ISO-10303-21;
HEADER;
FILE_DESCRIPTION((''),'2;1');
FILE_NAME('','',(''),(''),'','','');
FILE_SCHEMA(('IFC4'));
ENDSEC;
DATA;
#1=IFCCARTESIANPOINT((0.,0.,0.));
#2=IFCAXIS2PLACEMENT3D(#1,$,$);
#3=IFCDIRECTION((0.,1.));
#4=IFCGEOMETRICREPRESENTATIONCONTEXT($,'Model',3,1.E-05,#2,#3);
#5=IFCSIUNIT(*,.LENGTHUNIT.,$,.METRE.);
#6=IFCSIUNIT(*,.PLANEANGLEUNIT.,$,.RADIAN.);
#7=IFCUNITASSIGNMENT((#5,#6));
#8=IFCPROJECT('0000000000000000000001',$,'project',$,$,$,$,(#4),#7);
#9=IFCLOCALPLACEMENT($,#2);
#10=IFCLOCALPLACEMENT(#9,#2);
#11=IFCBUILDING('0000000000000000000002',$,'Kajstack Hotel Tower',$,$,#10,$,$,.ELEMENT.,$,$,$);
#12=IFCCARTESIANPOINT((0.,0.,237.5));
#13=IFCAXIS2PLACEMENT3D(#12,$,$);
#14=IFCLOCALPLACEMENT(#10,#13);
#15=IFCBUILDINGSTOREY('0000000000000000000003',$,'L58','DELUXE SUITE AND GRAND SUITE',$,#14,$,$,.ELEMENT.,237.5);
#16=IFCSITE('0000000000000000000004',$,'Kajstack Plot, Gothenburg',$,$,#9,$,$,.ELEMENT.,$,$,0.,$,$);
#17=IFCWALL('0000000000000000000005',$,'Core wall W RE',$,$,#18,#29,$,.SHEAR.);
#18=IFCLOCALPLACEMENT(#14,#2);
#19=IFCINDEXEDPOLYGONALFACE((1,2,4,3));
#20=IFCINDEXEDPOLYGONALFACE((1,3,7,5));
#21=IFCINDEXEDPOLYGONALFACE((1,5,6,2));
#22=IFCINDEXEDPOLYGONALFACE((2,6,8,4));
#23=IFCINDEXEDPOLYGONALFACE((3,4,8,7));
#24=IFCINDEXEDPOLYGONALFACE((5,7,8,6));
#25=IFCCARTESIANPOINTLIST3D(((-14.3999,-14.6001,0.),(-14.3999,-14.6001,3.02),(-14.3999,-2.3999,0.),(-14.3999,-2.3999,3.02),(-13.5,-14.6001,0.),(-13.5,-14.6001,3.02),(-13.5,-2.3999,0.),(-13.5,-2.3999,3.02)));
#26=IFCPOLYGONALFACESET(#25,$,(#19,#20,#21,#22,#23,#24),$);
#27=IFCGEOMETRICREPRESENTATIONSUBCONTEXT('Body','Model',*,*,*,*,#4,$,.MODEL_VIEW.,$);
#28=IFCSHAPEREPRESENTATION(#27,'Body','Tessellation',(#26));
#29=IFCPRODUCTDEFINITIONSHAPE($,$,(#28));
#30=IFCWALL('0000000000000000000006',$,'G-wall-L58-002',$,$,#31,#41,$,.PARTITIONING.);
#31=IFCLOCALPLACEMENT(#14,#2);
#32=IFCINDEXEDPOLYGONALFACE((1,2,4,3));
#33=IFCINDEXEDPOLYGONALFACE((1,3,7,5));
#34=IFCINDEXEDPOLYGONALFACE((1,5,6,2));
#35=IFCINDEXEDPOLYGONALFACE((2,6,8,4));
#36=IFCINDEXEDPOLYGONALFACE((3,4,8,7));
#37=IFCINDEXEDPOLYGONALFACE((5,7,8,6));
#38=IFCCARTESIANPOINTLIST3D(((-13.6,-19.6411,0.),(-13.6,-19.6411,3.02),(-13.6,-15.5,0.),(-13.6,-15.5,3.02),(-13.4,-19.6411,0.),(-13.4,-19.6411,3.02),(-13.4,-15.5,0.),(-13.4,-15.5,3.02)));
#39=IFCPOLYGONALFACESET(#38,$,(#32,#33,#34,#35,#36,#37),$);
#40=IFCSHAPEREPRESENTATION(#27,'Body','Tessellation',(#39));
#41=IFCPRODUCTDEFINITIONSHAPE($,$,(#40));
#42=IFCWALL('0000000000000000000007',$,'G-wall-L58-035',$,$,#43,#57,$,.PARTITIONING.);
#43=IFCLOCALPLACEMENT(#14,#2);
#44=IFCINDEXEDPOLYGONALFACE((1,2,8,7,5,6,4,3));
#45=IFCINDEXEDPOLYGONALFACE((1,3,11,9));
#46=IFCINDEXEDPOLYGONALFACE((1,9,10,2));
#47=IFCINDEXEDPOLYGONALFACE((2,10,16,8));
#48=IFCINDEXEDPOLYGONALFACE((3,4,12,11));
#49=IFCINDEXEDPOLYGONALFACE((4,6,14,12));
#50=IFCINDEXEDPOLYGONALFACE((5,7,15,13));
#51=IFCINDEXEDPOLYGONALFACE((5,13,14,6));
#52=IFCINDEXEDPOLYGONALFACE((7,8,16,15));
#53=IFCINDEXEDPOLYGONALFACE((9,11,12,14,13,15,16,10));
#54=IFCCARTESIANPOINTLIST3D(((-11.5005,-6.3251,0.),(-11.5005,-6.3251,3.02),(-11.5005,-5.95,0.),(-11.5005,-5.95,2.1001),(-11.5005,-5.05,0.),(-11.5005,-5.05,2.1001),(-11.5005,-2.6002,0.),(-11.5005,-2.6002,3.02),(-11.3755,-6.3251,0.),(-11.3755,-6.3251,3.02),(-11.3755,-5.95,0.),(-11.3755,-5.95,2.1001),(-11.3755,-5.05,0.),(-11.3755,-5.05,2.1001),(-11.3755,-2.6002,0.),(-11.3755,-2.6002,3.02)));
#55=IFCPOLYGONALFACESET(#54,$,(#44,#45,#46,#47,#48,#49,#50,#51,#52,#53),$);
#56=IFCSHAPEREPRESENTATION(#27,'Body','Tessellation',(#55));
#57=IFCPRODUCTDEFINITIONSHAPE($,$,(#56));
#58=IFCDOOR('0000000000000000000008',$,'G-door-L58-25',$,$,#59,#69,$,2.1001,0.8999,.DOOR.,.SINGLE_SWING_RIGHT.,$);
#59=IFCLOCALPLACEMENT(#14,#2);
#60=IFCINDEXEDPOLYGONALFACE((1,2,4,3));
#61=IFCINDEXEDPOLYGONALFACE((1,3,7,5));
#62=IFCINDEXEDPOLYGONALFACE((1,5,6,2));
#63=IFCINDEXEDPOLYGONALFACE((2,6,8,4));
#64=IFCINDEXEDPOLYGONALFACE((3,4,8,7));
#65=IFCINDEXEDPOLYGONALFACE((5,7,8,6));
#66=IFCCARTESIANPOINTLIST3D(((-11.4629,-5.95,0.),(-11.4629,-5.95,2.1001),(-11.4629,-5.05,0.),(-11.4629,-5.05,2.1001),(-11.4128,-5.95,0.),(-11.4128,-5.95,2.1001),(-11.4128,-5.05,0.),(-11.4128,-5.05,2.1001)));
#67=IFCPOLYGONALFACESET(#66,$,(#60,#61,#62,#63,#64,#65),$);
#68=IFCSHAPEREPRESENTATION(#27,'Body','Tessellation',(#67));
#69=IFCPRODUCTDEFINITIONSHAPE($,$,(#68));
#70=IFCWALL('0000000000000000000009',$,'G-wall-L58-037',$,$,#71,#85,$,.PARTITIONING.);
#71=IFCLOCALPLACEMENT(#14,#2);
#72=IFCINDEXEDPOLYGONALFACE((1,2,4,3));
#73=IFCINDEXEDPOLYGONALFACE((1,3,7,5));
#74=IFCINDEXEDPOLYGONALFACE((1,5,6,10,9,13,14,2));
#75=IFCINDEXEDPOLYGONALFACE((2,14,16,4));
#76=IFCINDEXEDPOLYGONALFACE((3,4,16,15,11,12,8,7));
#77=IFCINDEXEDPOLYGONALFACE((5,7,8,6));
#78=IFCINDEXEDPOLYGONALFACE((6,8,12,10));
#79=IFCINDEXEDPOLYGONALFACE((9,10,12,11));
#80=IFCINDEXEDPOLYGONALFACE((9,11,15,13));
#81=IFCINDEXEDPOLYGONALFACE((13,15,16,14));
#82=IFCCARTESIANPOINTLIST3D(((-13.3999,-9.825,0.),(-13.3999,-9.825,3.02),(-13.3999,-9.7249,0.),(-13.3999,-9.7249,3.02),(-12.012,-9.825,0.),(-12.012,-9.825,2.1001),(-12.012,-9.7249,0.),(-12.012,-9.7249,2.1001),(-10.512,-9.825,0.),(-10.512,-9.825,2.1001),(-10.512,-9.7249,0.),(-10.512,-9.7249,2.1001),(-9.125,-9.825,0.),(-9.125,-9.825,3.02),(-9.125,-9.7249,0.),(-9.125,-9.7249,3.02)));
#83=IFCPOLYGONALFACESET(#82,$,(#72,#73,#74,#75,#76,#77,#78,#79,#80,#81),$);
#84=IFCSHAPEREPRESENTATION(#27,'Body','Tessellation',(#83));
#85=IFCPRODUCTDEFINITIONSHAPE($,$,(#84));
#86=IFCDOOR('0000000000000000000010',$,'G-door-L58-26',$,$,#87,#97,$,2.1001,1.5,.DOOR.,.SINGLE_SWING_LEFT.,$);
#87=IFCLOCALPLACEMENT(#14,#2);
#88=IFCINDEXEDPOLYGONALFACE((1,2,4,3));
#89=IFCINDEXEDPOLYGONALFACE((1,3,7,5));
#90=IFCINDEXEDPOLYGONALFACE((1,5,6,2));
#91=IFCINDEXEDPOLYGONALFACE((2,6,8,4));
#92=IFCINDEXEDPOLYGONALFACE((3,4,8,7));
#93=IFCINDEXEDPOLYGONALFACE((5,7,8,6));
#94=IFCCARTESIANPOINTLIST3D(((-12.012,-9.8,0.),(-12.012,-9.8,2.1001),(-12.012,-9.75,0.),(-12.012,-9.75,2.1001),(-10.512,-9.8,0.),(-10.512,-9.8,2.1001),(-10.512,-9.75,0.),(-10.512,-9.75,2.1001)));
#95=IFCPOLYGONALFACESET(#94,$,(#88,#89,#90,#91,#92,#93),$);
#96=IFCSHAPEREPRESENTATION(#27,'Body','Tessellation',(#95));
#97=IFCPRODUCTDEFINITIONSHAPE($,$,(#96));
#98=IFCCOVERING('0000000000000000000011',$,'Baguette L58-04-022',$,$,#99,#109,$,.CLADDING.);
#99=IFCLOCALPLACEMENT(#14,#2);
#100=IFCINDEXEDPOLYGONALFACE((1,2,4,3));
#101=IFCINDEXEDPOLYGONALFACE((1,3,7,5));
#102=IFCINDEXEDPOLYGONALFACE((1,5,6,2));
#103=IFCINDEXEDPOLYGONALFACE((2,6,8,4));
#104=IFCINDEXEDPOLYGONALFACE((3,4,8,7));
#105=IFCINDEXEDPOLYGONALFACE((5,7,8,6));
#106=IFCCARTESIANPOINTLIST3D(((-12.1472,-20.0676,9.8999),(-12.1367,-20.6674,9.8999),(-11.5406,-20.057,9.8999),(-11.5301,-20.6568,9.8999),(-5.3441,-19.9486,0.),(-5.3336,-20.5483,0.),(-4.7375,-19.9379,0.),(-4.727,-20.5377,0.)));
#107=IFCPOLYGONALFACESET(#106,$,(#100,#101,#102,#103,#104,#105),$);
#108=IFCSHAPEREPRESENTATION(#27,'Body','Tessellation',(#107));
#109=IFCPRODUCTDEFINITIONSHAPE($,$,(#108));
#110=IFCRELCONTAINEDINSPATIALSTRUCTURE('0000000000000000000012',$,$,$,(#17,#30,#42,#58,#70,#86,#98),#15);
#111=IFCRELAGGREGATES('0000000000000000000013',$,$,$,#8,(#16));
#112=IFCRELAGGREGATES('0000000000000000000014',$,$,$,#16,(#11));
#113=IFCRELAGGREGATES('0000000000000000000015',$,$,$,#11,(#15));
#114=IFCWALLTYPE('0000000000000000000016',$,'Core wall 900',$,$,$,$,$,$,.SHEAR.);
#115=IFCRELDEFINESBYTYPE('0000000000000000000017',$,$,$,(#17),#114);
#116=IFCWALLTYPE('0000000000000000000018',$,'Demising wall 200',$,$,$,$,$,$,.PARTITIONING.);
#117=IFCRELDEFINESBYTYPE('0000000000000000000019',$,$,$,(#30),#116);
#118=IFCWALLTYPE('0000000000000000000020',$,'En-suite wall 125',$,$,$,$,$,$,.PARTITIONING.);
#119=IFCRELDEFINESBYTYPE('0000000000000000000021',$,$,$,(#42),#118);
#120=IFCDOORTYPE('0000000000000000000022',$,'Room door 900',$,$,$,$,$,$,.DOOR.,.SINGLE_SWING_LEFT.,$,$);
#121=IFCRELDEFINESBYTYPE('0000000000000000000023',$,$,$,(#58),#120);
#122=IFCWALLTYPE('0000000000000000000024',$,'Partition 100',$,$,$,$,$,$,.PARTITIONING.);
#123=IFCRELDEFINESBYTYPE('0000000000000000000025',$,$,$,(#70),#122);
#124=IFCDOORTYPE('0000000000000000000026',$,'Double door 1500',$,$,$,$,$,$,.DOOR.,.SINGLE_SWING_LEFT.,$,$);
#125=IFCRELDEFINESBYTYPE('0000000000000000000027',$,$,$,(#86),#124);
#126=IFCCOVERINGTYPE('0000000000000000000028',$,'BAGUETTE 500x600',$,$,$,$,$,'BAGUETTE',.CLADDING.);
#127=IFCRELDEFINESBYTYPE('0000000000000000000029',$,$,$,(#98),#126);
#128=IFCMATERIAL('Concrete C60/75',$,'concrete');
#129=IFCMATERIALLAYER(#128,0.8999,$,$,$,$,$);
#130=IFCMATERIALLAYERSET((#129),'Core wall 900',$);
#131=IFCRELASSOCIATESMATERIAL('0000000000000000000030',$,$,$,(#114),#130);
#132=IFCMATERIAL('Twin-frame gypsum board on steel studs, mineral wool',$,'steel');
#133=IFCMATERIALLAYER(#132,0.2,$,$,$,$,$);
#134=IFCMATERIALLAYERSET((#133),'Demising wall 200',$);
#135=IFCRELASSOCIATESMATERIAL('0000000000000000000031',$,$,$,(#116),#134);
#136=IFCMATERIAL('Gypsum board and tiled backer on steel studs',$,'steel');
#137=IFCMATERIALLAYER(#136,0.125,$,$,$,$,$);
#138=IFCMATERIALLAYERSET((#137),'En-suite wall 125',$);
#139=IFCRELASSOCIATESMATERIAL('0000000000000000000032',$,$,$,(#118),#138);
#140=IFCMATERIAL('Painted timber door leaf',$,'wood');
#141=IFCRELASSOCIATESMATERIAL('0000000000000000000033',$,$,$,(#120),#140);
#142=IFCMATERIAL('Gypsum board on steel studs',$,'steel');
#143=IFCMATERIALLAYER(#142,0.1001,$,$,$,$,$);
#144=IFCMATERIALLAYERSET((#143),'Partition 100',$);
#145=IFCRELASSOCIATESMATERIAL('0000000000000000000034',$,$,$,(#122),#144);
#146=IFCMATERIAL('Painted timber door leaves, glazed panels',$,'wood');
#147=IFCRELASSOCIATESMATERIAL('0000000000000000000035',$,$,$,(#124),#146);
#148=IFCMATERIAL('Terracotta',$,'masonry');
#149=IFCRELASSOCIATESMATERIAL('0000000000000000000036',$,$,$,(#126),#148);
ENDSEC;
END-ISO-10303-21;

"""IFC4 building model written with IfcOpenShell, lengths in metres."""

from ifc_helpers import new_model, si_unit, direction, frame, frame_2d, origin, origin_2d, place, context, subcontext, project, spatial, polyline, rectangle, outline, extrude, material, layer, layer_set, material_profile, profile_set, type_object, element, fill, save


model = new_model("IFC4")

# Units and contexts
model_context = context("Model", 3, precision=1e-05, world=origin(), true_north=direction((0.0, 1.0)))
body_context = subcontext(model_context, "Body", "Model", "MODEL_VIEW")
ifc_project = project(units=[si_unit("LENGTHUNIT", "METRE"), si_unit("PLANEANGLEUNIT", "RADIAN")], contexts=[model_context])

# Site, building, storey
site_placement = place(None, origin())
site = spatial("IfcSite", under=ifc_project, at=site_placement, Name="Kajstack Plot, Gothenburg", CompositionType="ELEMENT", RefElevation=0.0)
building_placement = place(site_placement, origin())
building = spatial("IfcBuilding", under=site, at=building_placement, Name="Kajstack Hotel Tower", CompositionType="ELEMENT")
storey_placement = place(building_placement, frame((0.0, 0.0, 237.5)))
storey = spatial("IfcBuildingStorey", under=building, at=storey_placement, Name="L58", Description="DELUXE SUITE AND GRAND SUITE", CompositionType="ELEMENT", Elevation=237.5)

# Walls
ifc_material_1 = material(Name="Concrete C60/75", Category="concrete")
ifc_layer_1 = layer(ifc_material_1, 0.8999)
ifc_layer_set_1 = layer_set([ifc_layer_1], Name="Core wall 900")
wall_type_1 = type_object("IfcWallType", Name="Core wall 900", PredefinedType="SHEAR", material=ifc_layer_set_1)
wall_1_placement = place(storey_placement, frame((-13.95, -14.6001, 0.0), z_axis=(0.0, 0.0, 1.0), x_axis=(0.0, 1.0, 0.0)))
element("IfcWall", 1, at=wall_1_placement, inside=storey, type_object=wall_type_1, Name="Core wall W RE", PredefinedType="SHEAR", context=body_context, shape_type="SweptSolid", body=[
    extrude(rectangle(XDim=12.2002, YDim=0.8999, at=frame_2d((6.1001, 0.0))), origin(), (0.0, 0.0, 1.0), 3.02),
])
ifc_material_2 = material(Name="Twin-frame gypsum board on steel studs, mineral wool", Category="steel")
ifc_layer_2 = layer(ifc_material_2, 0.2)
ifc_layer_set_2 = layer_set([ifc_layer_2], Name="Demising wall 200")
wall_type_2 = type_object("IfcWallType", Name="Demising wall 200", PredefinedType="PARTITIONING", material=ifc_layer_set_2)
wall_2_placement = place(storey_placement, frame((-13.5, -19.6411, 0.0), z_axis=(0.0, 0.0, 1.0), x_axis=(0.0, 1.0, 0.0)))
element("IfcWall", 2, at=wall_2_placement, inside=storey, type_object=wall_type_2, Name="G-wall-L58-002", PredefinedType="PARTITIONING", context=body_context, shape_type="SweptSolid", body=[
    extrude(rectangle(XDim=4.1411, YDim=0.2, at=frame_2d((2.0706, 0.0))), origin(), (0.0, 0.0, 1.0), 3.02),
])

# Walls, openings, doors
ifc_material_3 = material(Name="Gypsum board and tiled backer on steel studs", Category="steel")
ifc_layer_3 = layer(ifc_material_3, 0.125)
ifc_layer_set_3 = layer_set([ifc_layer_3], Name="En-suite wall 125")
wall_type_3 = type_object("IfcWallType", Name="En-suite wall 125", PredefinedType="PARTITIONING", material=ifc_layer_set_3)
wall_3_placement = place(storey_placement, frame((-11.438, -6.325, 0.0), z_axis=(0.0, 0.0, 1.0), x_axis=(0.0, 1.0, 0.0)))
wall_3 = element("IfcWall", 3, at=wall_3_placement, inside=storey, type_object=wall_type_3, Name="G-wall-L58-035", PredefinedType="PARTITIONING", context=body_context, shape_type="SweptSolid", body=[
    extrude(rectangle(XDim=3.7249, YDim=0.125, at=frame_2d((1.8623, 0.0))), origin(), (0.0, 0.0, 1.0), 3.02),
])
opening_1_placement = place(wall_3_placement, frame((0.375, 0.0, 0.0)))
opening_1 = element("IfcOpeningElement", 4, at=opening_1_placement, cuts=wall_3, PredefinedType="OPENING", context=body_context, shape_type="SweptSolid", body=[
    extrude(rectangle(XDim=0.8999, YDim=2.1001, at=frame_2d((0.45, 1.05))), frame((0.0, 0.0725, 0.0), z_axis=(0.0, -1.0, 0.0), x_axis=(1.0, 0.0, 0.0)), (0.0, 0.0, 1.0), 0.145),
])
ifc_material_4 = material(Name="Painted timber door leaf", Category="wood")
door_type_1 = type_object("IfcDoorType", Name="Room door 900", OperationType="SINGLE_SWING_LEFT", PredefinedType="DOOR", material=ifc_material_4)
door_1_placement = place(opening_1_placement, origin())
door_1 = element("IfcDoor", 5, at=door_1_placement, inside=storey, type_object=door_type_1, Name="G-door-L58-25", OperationType="SINGLE_SWING_RIGHT", OverallHeight=2.1001, OverallWidth=0.8999, PredefinedType="DOOR", context=body_context, shape_type="SweptSolid", body=[
    extrude(rectangle(XDim=0.8999, YDim=2.1001, at=frame_2d((0.45, 1.05))), frame((0.0, 0.0249, 0.0), z_axis=(0.0, -1.0, 0.0), x_axis=(1.0, 0.0, 0.0)), (0.0, 0.0, 1.0), 0.05),
])
fill(opening_1, door_1)
ifc_material_5 = material(Name="Gypsum board on steel studs", Category="steel")
ifc_layer_4 = layer(ifc_material_5, 0.1001)
ifc_layer_set_4 = layer_set([ifc_layer_4], Name="Partition 100")
wall_type_4 = type_object("IfcWallType", Name="Partition 100", PredefinedType="PARTITIONING", material=ifc_layer_set_4)
wall_4_placement = place(storey_placement, frame((-13.3999, -9.7749, 0.0), z_axis=(0.0, 0.0, 1.0), x_axis=(1.0, 0.0, 0.0)))
wall_4 = element("IfcWall", 6, at=wall_4_placement, inside=storey, type_object=wall_type_4, Name="G-wall-L58-037", PredefinedType="PARTITIONING", context=body_context, shape_type="SweptSolid", body=[
    extrude(rectangle(XDim=4.2749, YDim=0.1001, at=frame_2d((2.1375, 0.0))), origin(), (0.0, 0.0, 1.0), 3.02),
])
opening_2_placement = place(wall_4_placement, frame((1.3879, 0.0, 0.0)))
opening_2 = element("IfcOpeningElement", 7, at=opening_2_placement, cuts=wall_4, PredefinedType="OPENING", context=body_context, shape_type="SweptSolid", body=[
    extrude(rectangle(XDim=1.5, YDim=2.1001, at=frame_2d((0.75, 1.05))), frame((0.0, 0.0601, 0.0), z_axis=(0.0, -1.0, 0.0), x_axis=(1.0, 0.0, 0.0)), (0.0, 0.0, 1.0), 0.1201),
])
ifc_material_6 = material(Name="Painted timber door leaves, glazed panels", Category="wood")
door_type_2 = type_object("IfcDoorType", Name="Double door 1500", OperationType="SINGLE_SWING_LEFT", PredefinedType="DOOR", material=ifc_material_6)
door_2_placement = place(opening_2_placement, origin())
door_2 = element("IfcDoor", 8, at=door_2_placement, inside=storey, type_object=door_type_2, Name="G-door-L58-26", OperationType="SINGLE_SWING_LEFT", OverallHeight=2.1001, OverallWidth=1.5, PredefinedType="DOOR", context=body_context, shape_type="SweptSolid", body=[
    extrude(rectangle(XDim=1.5, YDim=2.1001, at=frame_2d((0.75, 1.05))), frame((0.0, 0.0249, 0.0), z_axis=(0.0, -1.0, 0.0), x_axis=(1.0, 0.0, 0.0)), (0.0, 0.0, 1.0), 0.05),
])
fill(opening_2, door_2)

# Covering
ifc_material_7 = material(Name="Terracotta", Category="masonry")
ifc_material_profile = material_profile(ifc_material_7, rectangle(XDim=0.6001, YDim=0.5, at=origin_2d()), Name="Terracotta-clad concrete baguette 500 x 600")
ifc_profile_set = profile_set([ifc_material_profile], Name="Terracotta")
covering_type = type_object("IfcCoveringType", Name="BAGUETTE 500x600", ElementType="BAGUETTE", PredefinedType="CLADDING", material=ifc_profile_set)
covering_placement = place(storey_placement, frame((-12.1472, -20.0676, 0.0), z_axis=(0.017498, -0.999847, 0.0), x_axis=(0.999847, 0.017498, 0.0)))
element("IfcCovering", 9, at=covering_placement, inside=storey, type_object=covering_type, Name="Baguette L58-04-022", PredefinedType="CLADDING", context=body_context, shape_type="SweptSolid", body=[
    extrude(outline(polyline([(0.0, 9.8999), (6.8042, 0.0), (7.4109, 0.0), (0.6067, 9.8999), (0.0, 9.8999)])), origin(), (0.0, 0.0, 1.0), 0.5999),
])

save(model, "model.ifc")
